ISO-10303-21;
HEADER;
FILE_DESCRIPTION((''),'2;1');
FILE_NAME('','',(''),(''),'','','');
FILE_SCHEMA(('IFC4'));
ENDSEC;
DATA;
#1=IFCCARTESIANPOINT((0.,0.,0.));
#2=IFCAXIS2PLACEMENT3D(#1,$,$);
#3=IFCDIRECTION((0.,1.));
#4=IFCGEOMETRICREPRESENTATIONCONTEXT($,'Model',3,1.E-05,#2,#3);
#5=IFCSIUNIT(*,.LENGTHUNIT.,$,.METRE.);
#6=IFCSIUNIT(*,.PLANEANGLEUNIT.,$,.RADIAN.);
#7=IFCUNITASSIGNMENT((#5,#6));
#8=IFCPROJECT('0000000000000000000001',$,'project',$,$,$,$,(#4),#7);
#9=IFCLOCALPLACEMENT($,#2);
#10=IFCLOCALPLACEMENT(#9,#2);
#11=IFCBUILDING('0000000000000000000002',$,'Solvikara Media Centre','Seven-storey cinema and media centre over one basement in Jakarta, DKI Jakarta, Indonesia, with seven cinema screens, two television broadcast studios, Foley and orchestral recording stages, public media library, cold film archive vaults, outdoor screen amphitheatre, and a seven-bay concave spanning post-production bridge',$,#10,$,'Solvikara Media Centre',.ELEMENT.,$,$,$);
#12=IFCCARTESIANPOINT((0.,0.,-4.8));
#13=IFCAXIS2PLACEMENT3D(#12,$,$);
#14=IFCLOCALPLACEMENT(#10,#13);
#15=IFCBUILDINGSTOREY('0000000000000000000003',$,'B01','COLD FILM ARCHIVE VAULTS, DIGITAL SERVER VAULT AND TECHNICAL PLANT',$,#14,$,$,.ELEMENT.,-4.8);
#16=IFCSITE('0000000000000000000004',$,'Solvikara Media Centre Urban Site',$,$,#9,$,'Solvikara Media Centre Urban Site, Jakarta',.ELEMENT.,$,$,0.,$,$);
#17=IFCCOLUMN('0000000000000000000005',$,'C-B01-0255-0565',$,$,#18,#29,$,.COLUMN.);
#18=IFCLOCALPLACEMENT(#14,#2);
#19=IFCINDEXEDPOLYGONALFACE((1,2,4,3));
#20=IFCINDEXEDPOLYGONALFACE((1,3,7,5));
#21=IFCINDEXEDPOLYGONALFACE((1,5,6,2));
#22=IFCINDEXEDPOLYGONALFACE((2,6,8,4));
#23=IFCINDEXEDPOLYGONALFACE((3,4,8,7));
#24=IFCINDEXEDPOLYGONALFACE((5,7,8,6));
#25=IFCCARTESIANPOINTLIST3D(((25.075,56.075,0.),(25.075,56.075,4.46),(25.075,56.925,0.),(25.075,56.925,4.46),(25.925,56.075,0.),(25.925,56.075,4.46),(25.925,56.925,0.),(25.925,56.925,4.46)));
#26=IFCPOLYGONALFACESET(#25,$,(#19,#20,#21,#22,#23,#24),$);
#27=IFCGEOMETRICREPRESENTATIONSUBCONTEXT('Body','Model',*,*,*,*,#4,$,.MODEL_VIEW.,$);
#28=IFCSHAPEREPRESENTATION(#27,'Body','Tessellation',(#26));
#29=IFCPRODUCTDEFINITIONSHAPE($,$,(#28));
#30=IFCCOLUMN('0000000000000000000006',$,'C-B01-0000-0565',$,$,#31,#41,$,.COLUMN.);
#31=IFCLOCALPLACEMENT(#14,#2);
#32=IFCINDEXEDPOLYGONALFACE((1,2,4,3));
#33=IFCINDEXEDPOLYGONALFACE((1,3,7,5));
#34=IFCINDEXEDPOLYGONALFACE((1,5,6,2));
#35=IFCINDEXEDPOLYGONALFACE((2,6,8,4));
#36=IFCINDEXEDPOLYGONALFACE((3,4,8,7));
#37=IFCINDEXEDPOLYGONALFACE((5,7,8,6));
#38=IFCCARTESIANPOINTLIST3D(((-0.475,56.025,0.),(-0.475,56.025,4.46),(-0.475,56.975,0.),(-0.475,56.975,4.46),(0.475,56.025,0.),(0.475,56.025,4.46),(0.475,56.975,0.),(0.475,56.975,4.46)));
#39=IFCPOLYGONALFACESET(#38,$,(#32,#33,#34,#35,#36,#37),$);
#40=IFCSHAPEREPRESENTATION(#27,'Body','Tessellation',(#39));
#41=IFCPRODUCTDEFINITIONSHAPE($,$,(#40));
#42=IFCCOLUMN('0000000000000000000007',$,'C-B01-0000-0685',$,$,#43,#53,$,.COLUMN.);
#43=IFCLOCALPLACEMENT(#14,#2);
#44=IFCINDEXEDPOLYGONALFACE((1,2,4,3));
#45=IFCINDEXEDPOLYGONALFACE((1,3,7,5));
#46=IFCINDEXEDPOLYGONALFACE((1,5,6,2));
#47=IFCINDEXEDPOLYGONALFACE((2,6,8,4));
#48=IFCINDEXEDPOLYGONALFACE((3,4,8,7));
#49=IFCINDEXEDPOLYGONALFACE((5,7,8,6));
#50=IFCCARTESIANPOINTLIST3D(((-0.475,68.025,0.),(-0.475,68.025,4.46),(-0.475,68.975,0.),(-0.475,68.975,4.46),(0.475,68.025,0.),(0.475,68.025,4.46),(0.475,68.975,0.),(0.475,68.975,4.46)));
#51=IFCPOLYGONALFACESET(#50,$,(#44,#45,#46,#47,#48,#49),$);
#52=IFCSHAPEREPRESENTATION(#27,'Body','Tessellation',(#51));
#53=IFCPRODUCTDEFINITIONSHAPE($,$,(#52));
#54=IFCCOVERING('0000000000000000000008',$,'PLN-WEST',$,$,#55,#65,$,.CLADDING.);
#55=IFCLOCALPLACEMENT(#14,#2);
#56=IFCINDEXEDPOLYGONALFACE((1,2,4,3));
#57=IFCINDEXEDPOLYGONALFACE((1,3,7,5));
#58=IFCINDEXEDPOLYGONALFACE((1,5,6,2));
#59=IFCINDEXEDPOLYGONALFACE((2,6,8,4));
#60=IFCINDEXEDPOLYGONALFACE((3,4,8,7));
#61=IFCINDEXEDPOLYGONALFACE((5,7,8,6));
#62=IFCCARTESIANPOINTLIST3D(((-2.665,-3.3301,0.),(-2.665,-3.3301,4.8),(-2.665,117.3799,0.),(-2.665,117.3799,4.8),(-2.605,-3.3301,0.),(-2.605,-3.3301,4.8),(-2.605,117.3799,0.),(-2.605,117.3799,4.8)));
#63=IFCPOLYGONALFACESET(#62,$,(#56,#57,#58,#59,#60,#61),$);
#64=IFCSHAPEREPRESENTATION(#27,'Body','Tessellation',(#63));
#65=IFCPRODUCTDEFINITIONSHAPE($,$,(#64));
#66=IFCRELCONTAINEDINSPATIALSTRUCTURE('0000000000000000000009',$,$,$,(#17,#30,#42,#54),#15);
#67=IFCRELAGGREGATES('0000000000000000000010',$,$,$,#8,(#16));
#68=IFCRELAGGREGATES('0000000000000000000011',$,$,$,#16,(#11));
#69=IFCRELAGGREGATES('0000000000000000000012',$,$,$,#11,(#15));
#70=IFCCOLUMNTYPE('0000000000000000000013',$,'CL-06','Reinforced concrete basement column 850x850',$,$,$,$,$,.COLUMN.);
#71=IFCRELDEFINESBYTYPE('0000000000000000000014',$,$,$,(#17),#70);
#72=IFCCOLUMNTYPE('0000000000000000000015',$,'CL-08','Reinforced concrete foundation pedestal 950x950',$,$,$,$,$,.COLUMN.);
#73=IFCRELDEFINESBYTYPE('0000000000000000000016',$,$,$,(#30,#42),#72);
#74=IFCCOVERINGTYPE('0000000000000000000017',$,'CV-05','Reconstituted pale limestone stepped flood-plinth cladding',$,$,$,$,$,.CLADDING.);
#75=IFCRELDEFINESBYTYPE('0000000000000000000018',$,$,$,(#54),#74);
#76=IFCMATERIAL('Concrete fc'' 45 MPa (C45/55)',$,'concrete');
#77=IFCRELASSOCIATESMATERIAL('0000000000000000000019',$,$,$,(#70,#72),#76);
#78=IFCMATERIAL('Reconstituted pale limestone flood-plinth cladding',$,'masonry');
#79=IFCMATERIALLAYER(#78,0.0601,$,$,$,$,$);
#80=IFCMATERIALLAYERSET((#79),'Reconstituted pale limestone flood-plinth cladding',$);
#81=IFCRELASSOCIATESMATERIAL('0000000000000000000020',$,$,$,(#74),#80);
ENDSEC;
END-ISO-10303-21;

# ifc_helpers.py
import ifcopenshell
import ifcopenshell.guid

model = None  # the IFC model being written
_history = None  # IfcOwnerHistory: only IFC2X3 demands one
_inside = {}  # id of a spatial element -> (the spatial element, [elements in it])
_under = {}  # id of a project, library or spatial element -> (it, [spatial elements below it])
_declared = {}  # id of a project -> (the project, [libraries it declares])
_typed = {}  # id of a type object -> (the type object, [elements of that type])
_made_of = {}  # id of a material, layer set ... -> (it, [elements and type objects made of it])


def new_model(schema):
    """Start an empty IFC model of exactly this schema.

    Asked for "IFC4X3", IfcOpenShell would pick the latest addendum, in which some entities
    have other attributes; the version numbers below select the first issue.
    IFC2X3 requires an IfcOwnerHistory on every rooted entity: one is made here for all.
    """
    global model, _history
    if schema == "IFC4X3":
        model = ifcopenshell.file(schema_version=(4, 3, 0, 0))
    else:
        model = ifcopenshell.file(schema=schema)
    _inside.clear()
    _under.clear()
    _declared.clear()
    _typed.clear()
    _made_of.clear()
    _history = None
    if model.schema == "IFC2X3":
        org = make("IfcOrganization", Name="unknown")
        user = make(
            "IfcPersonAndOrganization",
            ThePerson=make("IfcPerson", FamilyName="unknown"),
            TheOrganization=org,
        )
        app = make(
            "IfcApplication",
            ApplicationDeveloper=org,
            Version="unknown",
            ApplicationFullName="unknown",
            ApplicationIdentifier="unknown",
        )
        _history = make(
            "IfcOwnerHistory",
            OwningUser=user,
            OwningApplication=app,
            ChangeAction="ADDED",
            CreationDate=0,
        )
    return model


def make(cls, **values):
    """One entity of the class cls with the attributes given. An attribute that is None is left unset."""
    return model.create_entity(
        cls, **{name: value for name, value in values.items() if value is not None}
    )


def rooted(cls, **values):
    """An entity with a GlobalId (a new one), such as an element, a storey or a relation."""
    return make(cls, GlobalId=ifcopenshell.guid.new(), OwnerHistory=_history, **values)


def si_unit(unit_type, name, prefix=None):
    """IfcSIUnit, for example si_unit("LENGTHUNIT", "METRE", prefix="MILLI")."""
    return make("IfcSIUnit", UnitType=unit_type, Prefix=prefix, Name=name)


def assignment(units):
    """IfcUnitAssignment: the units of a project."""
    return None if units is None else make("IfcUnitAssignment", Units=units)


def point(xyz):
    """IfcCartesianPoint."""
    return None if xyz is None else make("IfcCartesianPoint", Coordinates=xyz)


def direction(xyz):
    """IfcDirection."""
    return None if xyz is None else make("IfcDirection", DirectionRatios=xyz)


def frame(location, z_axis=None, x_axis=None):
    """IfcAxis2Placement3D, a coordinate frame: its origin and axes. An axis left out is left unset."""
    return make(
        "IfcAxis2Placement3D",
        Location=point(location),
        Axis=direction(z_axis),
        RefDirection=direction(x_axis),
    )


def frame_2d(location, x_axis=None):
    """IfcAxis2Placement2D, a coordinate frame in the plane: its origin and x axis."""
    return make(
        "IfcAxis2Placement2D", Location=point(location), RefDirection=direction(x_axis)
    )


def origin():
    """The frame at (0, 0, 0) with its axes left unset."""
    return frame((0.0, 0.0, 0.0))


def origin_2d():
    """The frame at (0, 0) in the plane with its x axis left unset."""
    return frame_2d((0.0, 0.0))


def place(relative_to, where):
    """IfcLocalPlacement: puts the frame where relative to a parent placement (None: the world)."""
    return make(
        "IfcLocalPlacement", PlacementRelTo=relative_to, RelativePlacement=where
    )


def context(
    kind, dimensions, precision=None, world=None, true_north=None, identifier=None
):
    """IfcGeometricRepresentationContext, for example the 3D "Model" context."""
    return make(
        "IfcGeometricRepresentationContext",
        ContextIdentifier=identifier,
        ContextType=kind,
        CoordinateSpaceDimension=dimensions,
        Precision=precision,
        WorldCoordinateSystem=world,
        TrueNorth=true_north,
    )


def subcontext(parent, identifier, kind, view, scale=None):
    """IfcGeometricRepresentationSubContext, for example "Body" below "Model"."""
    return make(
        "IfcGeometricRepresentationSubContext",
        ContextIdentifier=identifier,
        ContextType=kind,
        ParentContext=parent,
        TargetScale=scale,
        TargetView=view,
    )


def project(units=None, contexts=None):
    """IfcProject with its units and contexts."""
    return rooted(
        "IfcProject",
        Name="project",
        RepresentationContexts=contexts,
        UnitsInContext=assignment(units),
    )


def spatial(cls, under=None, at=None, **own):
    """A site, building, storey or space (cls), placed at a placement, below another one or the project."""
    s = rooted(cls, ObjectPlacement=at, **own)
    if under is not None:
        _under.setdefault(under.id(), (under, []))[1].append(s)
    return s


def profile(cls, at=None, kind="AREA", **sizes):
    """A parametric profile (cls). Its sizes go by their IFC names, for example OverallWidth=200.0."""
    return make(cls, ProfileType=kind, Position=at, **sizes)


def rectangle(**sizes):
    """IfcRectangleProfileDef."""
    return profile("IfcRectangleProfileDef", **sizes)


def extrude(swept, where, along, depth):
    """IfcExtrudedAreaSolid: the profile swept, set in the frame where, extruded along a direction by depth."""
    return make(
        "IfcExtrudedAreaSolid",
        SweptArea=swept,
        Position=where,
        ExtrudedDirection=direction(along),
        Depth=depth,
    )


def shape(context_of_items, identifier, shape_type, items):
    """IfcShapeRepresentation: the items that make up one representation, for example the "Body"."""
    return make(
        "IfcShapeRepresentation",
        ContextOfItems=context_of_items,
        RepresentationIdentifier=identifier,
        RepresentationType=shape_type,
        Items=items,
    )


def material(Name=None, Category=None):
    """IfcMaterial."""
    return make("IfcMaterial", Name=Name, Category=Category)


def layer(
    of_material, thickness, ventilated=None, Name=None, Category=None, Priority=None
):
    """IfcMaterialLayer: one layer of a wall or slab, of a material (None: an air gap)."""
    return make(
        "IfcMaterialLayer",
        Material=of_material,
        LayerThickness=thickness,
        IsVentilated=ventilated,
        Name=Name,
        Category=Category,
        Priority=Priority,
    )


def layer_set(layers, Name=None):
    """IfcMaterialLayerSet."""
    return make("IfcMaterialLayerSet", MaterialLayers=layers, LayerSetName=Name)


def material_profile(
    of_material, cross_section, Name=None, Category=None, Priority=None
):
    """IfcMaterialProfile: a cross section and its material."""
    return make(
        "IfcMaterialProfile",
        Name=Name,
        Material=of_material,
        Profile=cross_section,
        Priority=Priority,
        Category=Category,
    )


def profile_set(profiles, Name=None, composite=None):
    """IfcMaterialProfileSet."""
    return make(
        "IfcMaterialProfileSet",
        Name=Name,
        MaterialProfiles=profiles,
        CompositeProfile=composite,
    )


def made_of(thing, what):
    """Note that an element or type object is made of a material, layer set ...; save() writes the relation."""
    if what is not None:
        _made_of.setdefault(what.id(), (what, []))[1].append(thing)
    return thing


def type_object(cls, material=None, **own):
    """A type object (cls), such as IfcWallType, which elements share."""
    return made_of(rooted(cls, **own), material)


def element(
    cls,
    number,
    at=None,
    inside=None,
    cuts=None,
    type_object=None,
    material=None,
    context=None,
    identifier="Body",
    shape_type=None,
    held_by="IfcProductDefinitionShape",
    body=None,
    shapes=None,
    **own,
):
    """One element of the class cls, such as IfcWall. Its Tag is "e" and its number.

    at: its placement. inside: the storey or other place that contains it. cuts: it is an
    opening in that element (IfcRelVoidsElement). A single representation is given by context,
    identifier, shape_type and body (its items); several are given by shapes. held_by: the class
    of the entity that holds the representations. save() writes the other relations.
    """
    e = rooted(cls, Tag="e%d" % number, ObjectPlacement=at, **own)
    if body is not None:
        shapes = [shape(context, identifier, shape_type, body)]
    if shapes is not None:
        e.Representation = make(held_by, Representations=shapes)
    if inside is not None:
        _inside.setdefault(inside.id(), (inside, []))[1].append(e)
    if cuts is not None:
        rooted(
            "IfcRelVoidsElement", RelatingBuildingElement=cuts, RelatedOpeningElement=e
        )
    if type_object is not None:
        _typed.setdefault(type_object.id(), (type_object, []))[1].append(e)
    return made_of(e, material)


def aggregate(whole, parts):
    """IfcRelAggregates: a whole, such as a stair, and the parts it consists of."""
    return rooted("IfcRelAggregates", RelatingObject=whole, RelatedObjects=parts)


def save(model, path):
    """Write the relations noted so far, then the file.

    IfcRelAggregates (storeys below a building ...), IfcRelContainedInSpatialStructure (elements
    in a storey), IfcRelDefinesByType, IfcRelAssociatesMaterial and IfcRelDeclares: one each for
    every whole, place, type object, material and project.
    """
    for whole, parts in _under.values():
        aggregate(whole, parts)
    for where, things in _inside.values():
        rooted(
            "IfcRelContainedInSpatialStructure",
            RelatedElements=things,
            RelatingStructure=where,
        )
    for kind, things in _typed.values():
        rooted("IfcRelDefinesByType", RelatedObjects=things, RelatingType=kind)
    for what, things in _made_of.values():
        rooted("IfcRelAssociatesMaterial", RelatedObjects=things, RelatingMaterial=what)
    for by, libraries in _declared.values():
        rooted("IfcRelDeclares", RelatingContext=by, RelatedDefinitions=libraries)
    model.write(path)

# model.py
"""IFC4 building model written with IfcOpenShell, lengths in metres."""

from ifc_helpers import new_model, si_unit, direction, frame, origin, origin_2d, place, context, subcontext, project, spatial, rectangle, extrude, material, layer, layer_set, material_profile, profile_set, type_object, element, save


model = new_model("IFC4")

# Units and contexts
model_context = context("Model", 3, precision=1e-05, world=origin(), true_north=direction((0.0, 1.0)))
body_context = subcontext(model_context, "Body", "Model", "MODEL_VIEW")
ifc_project = project(units=[si_unit("LENGTHUNIT", "METRE"), si_unit("PLANEANGLEUNIT", "RADIAN")], contexts=[model_context])

# Site, building, storey
site_placement = place(None, origin())
site = spatial("IfcSite", under=ifc_project, at=site_placement, Name="Solvikara Media Centre Urban Site", LongName="Solvikara Media Centre Urban Site, Jakarta", CompositionType="ELEMENT", RefElevation=0.0)
building_placement = place(site_placement, origin())
building = spatial("IfcBuilding", under=site, at=building_placement, Name="Solvikara Media Centre", Description="Seven-storey cinema and media centre over one basement in Jakarta, DKI Jakarta, Indonesia, with seven cinema screens, two television broadcast studios, Foley and orchestral recording stages, public media library, cold film archive vaults, outdoor screen amphitheatre, and a seven-bay concave spanning post-production bridge", LongName="Solvikara Media Centre", CompositionType="ELEMENT")
storey_placement = place(building_placement, frame((0.0, 0.0, -4.8)))
storey = spatial("IfcBuildingStorey", under=building, at=storey_placement, Name="B01", Description="COLD FILM ARCHIVE VAULTS, DIGITAL SERVER VAULT AND TECHNICAL PLANT", CompositionType="ELEMENT", Elevation=-4.8)

# Columns
ifc_material_1 = material(Name="Concrete fc' 45 MPa (C45/55)", Category="concrete")
ifc_material_profile_1 = material_profile(ifc_material_1, rectangle(XDim=0.8501, YDim=0.8501, at=origin_2d()), Name="RC 850x850")
ifc_profile_set_1 = profile_set([ifc_material_profile_1], Name="Concrete fc' 45 MPa (C45/55)")
column_type_1 = type_object("IfcColumnType", Name="CL-06", Description="Reinforced concrete basement column 850x850", PredefinedType="COLUMN", material=ifc_profile_set_1)
for number, where, z_axis, x_axis, name in (
    (1, (25.5, 56.5, 0.0), (0.0, 0.0, 1.0), (1.0, 0.0, 0.0), "C-B01-0255-0565"),
):
    element("IfcColumn", number, at=place(storey_placement, frame(where, z_axis=z_axis, x_axis=x_axis)), inside=storey, type_object=column_type_1, Name=name, PredefinedType="COLUMN", context=body_context, shape_type="SweptSolid", body=[
        extrude(rectangle(XDim=0.8501, YDim=0.8501, at=origin_2d()), origin(), (0.0, 0.0, 1.0), 4.46),
    ])
ifc_material_profile_2 = material_profile(ifc_material_1, rectangle(XDim=0.95, YDim=0.95, at=origin_2d()), Name="RC 950x950")
ifc_profile_set_2 = profile_set([ifc_material_profile_2], Name="Concrete fc' 45 MPa (C45/55)")
column_type_2 = type_object("IfcColumnType", Name="CL-08", Description="Reinforced concrete foundation pedestal 950x950", PredefinedType="COLUMN", material=ifc_profile_set_2)
for number, where, z_axis, x_axis, name in (
    (2, (0.0, 56.5, 0.0), (0.0, 0.0, 1.0), (1.0, 0.0, 0.0), "C-B01-0000-0565"),
    (3, (0.0, 68.5, 0.0), (0.0, 0.0, 1.0), (1.0, 0.0, 0.0), "C-B01-0000-0685"),
):
    element("IfcColumn", number, at=place(storey_placement, frame(where, z_axis=z_axis, x_axis=x_axis)), inside=storey, type_object=column_type_2, Name=name, PredefinedType="COLUMN", context=body_context, shape_type="SweptSolid", body=[
        extrude(rectangle(XDim=0.95, YDim=0.95, at=origin_2d()), origin(), (0.0, 0.0, 1.0), 4.46),
    ])

# Covering
ifc_material_2 = material(Name="Reconstituted pale limestone flood-plinth cladding", Category="masonry")
ifc_layer = layer(ifc_material_2, 0.0601)
ifc_layer_set = layer_set([ifc_layer], Name="Reconstituted pale limestone flood-plinth cladding")
covering_type = type_object("IfcCoveringType", Name="CV-05", Description="Reconstituted pale limestone stepped flood-plinth cladding", PredefinedType="CLADDING", material=ifc_layer_set)
covering_placement = place(storey_placement, frame((-2.635, 57.0249, 0.0), z_axis=(0.0, 0.0, 1.0), x_axis=(0.0, 1.0, 0.0)))
element("IfcCovering", 4, at=covering_placement, inside=storey, type_object=covering_type, Name="PLN-WEST", PredefinedType="CLADDING", context=body_context, shape_type="SweptSolid", body=[
    extrude(rectangle(XDim=120.71, YDim=0.0601, at=origin_2d()), origin(), (0.0, 0.0, 1.0), 4.8),
])

save(model, "model.ifc")
